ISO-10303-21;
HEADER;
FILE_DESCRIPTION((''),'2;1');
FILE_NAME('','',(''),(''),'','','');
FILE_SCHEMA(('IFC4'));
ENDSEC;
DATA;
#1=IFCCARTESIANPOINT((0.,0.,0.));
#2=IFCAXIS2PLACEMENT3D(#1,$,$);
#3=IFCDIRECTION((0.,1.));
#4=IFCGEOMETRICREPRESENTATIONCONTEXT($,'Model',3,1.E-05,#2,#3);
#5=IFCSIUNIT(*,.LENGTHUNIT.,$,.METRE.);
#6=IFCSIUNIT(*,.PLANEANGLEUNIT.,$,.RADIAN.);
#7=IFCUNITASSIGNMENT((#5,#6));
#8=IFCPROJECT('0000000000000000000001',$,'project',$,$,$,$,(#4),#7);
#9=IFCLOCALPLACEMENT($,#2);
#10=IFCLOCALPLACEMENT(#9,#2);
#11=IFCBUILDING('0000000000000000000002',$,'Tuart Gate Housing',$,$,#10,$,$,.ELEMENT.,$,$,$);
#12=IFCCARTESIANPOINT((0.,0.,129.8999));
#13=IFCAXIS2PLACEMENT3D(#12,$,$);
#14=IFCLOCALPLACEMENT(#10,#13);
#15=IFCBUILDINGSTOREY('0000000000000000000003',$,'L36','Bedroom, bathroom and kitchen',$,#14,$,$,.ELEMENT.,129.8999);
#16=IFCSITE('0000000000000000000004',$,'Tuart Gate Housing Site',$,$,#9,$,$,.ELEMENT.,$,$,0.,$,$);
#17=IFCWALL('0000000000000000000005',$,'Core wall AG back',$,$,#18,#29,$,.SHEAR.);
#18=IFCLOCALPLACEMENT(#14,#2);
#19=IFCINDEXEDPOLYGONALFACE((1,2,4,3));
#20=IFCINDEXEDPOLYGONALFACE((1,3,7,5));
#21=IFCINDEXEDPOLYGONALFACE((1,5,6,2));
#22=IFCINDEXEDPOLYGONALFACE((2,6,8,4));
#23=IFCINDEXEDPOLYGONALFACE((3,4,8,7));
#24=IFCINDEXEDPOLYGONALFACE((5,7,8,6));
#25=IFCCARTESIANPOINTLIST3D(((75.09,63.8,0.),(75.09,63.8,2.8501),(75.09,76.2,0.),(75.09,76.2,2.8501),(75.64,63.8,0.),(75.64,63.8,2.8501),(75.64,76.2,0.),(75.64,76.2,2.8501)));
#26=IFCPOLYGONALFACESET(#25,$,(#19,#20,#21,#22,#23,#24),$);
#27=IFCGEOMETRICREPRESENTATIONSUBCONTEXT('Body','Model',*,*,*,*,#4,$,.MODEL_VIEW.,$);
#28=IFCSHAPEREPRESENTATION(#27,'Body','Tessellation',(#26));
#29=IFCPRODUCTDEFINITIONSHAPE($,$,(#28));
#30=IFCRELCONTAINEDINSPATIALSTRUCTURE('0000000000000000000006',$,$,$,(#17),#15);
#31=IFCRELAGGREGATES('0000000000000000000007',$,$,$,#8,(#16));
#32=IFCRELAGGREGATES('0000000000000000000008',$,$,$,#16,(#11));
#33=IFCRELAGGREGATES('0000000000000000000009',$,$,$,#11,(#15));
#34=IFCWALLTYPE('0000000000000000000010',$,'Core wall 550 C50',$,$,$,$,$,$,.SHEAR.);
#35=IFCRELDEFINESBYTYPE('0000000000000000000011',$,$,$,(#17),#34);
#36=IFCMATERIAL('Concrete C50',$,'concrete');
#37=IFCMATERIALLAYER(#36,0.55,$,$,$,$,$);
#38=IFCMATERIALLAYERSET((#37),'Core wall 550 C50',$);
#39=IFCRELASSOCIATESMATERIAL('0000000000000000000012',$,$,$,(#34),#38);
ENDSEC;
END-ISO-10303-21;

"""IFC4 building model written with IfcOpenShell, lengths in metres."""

from ifc_helpers import new_model, si_unit, direction, frame, frame_2d, origin, place, context, subcontext, project, spatial, rectangle, extrude, material, layer, layer_set, type_object, element, save


model = new_model("IFC4")

# Units and contexts
model_context = context("Model", 3, precision=1e-05, world=origin(), true_north=direction((0.0, 1.0)))
body_context = subcontext(model_context, "Body", "Model", "MODEL_VIEW")
ifc_project = project(units=[si_unit("LENGTHUNIT", "METRE"), si_unit("PLANEANGLEUNIT", "RADIAN")], contexts=[model_context])

# Site, building, storey
site_placement = place(None, origin())
site = spatial("IfcSite", under=ifc_project, at=site_placement, Name="Tuart Gate Housing Site", CompositionType="ELEMENT", RefElevation=0.0)
building_placement = place(site_placement, origin())
building = spatial("IfcBuilding", under=site, at=building_placement, Name="Tuart Gate Housing", CompositionType="ELEMENT")
storey_placement = place(building_placement, frame((0.0, 0.0, 129.8999)))
storey = spatial("IfcBuildingStorey", under=building, at=storey_placement, Name="L36", Description="Bedroom, bathroom and kitchen", CompositionType="ELEMENT", Elevation=129.8999)

# Wall
ifc_material_1 = material(Name="Concrete C50", Category="concrete")
ifc_layer_1 = layer(ifc_material_1, 0.55)
ifc_layer_set_1 = layer_set([ifc_layer_1], Name="Core wall 550 C50")
wall_type_1 = type_object("IfcWallType", Name="Core wall 550 C50", PredefinedType="SHEAR", material=ifc_layer_set_1)
wall_1_placement = place(storey_placement, frame((75.365, 63.8, 0.0), z_axis=(0.0, 0.0, 1.0), x_axis=(0.0, 1.0, 0.0)))
element("IfcWall", 1, at=wall_1_placement, inside=storey, type_object=wall_type_1, Name="Core wall AG back", PredefinedType="SHEAR", context=body_context, shape_type="SweptSolid", body=[
    extrude(rectangle(XDim=12.3999, YDim=0.55, at=frame_2d((6.2, 0.0))), origin(), (0.0, 0.0, 1.0), 2.8501),
])

save(model, "model.ifc")
